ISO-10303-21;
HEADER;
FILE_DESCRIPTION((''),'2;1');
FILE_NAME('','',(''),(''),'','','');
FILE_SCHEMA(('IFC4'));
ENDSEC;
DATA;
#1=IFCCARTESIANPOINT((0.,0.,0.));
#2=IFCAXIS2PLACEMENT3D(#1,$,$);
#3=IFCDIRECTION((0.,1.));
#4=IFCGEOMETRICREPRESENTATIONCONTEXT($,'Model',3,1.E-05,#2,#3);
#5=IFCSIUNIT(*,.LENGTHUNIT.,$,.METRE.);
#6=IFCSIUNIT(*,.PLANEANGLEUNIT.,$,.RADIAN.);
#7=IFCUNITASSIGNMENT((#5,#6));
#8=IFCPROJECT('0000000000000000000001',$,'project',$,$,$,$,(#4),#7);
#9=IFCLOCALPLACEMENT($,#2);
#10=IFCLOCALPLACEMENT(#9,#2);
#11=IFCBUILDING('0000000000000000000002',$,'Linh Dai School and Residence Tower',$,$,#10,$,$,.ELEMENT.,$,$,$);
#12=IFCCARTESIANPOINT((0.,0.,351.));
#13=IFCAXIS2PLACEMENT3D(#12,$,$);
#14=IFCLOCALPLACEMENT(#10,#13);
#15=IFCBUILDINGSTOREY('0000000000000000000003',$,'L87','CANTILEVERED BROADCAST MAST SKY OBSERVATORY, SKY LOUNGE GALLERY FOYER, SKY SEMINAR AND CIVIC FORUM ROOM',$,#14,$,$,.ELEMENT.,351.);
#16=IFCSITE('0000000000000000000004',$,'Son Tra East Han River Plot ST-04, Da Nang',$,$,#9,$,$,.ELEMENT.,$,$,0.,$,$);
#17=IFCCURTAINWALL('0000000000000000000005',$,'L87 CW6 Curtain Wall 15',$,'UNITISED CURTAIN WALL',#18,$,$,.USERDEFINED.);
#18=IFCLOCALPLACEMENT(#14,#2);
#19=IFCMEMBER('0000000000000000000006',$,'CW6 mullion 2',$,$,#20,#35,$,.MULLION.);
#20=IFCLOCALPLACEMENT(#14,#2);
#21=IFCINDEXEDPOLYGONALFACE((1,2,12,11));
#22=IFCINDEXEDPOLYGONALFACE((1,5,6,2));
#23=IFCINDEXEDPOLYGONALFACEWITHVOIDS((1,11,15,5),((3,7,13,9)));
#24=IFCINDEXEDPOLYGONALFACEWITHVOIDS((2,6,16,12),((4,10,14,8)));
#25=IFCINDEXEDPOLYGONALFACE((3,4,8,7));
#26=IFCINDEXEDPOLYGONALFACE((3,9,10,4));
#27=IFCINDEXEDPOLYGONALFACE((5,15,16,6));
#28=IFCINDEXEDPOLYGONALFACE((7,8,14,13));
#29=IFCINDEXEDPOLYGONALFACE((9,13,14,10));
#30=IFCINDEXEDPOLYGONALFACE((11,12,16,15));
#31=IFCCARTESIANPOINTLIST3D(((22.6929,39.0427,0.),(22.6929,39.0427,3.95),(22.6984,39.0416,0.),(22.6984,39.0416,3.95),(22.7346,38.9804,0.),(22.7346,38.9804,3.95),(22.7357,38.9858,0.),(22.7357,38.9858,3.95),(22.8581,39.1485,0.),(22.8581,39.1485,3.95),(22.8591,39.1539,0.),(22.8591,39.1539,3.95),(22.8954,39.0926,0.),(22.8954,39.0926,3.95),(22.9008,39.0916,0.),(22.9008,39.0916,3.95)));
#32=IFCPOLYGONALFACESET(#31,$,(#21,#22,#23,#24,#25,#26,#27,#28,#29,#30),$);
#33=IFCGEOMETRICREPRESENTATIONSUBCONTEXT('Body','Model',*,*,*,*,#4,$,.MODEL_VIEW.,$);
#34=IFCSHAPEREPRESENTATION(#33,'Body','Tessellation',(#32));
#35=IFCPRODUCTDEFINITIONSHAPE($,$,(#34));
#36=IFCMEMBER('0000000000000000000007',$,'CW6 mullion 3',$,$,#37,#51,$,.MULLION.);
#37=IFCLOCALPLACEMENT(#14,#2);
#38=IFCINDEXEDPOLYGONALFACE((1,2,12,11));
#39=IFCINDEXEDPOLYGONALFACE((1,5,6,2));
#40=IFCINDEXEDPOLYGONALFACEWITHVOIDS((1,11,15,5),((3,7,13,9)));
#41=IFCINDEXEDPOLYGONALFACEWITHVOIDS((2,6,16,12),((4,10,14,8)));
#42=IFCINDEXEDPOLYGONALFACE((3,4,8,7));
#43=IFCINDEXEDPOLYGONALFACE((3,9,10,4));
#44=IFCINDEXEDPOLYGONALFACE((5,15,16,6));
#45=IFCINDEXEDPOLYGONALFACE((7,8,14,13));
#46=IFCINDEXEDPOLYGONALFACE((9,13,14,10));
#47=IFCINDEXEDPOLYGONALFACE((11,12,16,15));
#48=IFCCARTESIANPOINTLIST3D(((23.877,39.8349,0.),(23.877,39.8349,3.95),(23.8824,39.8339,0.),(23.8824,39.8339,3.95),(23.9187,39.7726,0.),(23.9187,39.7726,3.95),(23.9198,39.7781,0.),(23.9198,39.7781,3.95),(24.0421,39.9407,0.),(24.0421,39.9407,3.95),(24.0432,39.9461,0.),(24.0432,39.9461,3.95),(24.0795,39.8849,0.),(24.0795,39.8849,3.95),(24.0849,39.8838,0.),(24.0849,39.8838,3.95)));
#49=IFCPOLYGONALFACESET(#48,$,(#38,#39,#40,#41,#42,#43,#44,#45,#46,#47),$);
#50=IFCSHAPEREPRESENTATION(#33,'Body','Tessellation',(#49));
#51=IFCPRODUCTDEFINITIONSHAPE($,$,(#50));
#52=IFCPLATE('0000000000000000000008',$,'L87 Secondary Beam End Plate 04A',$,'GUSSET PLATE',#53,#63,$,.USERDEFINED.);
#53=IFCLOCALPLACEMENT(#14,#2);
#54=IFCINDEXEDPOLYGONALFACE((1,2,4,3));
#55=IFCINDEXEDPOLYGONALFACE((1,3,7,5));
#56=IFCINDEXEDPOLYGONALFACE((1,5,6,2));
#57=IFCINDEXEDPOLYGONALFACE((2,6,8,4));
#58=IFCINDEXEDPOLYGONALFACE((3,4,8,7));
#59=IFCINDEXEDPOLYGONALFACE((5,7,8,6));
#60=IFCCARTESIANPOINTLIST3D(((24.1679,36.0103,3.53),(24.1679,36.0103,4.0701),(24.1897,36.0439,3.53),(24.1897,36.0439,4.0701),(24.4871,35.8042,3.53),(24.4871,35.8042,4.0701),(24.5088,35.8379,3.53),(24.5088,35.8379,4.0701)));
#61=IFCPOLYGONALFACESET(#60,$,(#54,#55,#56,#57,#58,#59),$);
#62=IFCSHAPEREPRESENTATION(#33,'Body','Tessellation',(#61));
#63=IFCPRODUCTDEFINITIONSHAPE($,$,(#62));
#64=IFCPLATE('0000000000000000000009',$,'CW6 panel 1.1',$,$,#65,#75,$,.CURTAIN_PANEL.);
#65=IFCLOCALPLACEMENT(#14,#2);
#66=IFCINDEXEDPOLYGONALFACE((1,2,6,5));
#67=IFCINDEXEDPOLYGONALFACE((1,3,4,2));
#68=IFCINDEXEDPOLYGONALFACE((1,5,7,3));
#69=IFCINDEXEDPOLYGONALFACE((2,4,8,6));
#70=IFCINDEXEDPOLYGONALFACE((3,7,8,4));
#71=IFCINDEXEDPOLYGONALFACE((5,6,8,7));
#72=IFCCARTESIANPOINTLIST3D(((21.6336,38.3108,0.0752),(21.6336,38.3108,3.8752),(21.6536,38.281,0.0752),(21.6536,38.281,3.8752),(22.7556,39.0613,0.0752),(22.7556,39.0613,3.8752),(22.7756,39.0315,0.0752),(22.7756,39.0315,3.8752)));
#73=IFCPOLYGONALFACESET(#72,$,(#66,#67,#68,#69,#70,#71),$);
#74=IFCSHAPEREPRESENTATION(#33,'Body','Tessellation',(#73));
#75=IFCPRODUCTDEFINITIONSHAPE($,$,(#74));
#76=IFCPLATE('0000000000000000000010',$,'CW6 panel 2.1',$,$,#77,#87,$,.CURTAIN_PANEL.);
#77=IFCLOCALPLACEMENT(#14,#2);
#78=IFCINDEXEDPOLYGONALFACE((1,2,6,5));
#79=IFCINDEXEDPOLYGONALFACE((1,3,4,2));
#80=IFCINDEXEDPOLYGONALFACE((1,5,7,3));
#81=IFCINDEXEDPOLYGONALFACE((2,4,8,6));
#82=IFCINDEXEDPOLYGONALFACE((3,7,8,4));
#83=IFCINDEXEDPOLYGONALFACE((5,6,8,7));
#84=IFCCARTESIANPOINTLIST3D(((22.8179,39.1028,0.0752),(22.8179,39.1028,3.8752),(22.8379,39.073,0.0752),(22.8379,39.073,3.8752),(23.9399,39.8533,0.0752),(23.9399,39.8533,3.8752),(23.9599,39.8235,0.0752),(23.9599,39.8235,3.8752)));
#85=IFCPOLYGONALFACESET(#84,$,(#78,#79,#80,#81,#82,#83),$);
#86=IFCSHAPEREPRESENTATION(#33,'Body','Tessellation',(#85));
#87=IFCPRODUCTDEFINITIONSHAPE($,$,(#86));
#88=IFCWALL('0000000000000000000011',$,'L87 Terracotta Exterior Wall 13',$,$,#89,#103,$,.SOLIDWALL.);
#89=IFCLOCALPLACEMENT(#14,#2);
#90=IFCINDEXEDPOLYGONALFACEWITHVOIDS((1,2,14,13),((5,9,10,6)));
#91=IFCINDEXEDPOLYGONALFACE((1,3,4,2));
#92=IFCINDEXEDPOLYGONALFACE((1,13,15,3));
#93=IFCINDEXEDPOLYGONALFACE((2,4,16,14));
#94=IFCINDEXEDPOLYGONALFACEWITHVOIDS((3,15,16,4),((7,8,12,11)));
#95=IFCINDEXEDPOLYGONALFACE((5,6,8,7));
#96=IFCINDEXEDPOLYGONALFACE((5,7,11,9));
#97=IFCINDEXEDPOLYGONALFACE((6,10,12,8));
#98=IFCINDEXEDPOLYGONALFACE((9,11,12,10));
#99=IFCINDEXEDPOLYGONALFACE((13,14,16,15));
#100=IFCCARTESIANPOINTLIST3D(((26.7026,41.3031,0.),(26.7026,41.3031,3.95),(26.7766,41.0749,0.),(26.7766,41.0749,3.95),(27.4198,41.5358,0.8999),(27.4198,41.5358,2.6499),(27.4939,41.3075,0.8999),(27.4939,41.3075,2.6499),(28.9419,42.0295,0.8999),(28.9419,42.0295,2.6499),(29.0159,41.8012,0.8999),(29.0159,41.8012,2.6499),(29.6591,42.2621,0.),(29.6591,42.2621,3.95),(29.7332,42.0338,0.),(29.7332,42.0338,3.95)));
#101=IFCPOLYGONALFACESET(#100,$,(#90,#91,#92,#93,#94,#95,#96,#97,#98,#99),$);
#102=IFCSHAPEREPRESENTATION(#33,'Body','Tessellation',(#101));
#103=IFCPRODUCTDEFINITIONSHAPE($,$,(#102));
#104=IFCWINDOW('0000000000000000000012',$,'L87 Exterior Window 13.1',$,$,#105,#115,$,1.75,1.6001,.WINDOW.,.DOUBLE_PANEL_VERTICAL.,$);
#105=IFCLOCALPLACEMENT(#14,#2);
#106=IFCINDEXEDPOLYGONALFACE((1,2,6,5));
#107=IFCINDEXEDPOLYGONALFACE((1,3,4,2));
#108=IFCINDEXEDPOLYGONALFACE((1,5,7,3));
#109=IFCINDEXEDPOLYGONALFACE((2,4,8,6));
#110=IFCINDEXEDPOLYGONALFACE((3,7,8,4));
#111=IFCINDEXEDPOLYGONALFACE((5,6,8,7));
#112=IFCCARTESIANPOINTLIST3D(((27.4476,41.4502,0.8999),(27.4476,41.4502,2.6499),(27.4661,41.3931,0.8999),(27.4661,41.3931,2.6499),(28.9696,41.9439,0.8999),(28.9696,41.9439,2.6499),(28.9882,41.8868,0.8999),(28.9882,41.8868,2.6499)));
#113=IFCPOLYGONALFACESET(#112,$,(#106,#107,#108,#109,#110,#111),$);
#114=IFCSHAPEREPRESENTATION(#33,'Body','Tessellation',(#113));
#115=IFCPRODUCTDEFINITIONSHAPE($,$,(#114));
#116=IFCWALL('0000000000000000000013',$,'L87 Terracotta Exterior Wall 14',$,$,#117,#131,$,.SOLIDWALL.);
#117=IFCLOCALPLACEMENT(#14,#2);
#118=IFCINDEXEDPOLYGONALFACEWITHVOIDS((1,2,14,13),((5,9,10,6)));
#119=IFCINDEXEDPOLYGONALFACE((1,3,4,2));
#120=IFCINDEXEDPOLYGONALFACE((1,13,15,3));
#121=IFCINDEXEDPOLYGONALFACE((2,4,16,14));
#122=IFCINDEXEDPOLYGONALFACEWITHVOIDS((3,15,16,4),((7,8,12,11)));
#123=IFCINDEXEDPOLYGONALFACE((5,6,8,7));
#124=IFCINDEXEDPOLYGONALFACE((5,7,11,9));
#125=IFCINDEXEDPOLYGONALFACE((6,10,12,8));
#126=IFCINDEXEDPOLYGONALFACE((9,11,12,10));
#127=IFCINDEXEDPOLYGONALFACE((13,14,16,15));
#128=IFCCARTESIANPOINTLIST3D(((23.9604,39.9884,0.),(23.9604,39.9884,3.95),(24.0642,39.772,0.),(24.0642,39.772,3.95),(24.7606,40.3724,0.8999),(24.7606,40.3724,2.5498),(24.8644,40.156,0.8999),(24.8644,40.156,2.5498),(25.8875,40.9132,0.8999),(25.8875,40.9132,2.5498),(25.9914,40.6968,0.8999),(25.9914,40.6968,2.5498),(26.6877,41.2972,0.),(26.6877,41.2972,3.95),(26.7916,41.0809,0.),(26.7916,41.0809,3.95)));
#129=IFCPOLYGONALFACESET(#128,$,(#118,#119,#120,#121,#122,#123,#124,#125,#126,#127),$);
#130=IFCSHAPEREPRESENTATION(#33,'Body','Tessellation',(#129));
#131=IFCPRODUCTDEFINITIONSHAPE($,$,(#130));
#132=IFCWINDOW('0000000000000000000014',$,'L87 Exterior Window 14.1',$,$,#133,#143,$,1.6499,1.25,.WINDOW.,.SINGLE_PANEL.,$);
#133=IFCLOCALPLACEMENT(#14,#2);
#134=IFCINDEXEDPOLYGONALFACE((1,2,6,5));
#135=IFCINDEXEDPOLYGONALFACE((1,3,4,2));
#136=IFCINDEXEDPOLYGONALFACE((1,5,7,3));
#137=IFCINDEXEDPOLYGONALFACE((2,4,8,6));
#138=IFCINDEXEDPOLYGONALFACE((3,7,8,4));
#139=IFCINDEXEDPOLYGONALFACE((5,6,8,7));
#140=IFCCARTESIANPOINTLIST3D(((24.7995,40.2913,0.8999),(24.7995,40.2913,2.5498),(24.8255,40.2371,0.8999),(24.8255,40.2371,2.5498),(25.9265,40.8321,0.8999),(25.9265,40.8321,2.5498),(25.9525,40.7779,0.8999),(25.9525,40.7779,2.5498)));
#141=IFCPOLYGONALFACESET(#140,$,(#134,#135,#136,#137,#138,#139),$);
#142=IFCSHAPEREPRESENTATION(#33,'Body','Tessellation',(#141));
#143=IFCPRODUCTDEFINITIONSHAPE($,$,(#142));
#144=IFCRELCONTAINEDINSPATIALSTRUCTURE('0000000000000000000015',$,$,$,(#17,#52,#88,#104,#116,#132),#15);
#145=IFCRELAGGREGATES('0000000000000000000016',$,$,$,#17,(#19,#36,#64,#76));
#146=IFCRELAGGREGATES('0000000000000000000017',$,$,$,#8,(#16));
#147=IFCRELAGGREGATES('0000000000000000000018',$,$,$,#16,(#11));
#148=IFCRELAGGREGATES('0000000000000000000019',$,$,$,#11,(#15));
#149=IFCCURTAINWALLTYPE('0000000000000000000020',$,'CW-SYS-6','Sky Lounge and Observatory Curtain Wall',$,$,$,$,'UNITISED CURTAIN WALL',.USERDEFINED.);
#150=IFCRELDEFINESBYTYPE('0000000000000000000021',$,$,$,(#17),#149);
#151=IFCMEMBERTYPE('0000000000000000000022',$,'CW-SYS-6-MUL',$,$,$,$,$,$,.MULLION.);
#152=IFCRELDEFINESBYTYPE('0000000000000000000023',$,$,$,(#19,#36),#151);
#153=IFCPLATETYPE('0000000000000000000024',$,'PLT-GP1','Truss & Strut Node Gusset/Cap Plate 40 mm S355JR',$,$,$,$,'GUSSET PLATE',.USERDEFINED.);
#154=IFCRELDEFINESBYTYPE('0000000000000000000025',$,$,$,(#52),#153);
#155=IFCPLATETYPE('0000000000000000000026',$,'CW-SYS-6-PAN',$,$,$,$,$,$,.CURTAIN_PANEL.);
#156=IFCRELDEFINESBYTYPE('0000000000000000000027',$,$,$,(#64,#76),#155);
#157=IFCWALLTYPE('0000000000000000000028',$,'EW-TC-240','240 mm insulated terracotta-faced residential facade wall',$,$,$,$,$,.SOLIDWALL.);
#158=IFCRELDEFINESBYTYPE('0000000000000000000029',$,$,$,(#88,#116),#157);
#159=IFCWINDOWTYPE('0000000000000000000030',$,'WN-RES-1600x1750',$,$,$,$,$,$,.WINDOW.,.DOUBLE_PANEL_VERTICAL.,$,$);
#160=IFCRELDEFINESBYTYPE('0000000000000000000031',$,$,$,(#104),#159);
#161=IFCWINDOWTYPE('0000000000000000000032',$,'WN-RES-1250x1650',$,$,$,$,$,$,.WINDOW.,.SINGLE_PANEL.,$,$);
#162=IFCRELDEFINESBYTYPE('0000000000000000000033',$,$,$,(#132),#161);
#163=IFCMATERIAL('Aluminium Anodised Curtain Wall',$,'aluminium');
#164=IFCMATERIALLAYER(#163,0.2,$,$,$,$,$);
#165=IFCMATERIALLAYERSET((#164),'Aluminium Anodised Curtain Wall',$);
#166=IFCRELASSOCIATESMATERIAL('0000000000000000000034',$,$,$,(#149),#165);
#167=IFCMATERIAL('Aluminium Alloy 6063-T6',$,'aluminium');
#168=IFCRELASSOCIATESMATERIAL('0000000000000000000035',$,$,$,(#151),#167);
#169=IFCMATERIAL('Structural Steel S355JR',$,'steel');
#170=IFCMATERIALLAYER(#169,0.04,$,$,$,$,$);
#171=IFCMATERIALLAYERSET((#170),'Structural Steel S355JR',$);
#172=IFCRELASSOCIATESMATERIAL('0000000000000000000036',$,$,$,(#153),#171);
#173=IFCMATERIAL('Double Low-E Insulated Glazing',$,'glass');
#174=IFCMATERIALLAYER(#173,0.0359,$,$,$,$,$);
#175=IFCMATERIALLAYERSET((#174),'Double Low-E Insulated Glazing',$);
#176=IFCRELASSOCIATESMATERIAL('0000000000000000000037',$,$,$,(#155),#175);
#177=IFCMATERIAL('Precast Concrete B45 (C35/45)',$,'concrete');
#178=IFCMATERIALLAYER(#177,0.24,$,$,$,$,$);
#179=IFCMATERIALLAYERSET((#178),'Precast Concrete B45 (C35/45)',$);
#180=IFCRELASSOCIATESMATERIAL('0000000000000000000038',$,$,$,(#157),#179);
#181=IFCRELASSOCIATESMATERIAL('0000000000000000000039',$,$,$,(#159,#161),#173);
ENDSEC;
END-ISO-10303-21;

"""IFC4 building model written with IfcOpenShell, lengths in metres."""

from ifc_helpers import new_model, si_unit, direction, frame, frame_2d, origin, origin_2d, place, context, subcontext, project, spatial, rectangle, hollow_rectangle, extrude, source, transform, mapped, material, layer, layer_set, material_profile, profile_set, type_object, element, fill, aggregate, save


model = new_model("IFC4")

# Units and contexts
model_context = context("Model", 3, precision=1e-05, world=origin(), true_north=direction((0.0, 1.0)))
body_context = subcontext(model_context, "Body", "Model", "MODEL_VIEW")
ifc_project = project(units=[si_unit("LENGTHUNIT", "METRE"), si_unit("PLANEANGLEUNIT", "RADIAN")], contexts=[model_context])

# Site, building, storey
site_placement = place(None, origin())
site = spatial("IfcSite", under=ifc_project, at=site_placement, Name="Son Tra East Han River Plot ST-04, Da Nang", CompositionType="ELEMENT", RefElevation=0.0)
building_placement = place(site_placement, origin())
building = spatial("IfcBuilding", under=site, at=building_placement, Name="Linh Dai School and Residence Tower", CompositionType="ELEMENT")
storey_placement = place(building_placement, frame((0.0, 0.0, 351.0)))
storey = spatial("IfcBuildingStorey", under=building, at=storey_placement, Name="L87", Description="CANTILEVERED BROADCAST MAST SKY OBSERVATORY, SKY LOUNGE GALLERY FOYER, SKY SEMINAR AND CIVIC FORUM ROOM", CompositionType="ELEMENT", Elevation=351.0)

# Shared definitions
ifc_material_1 = material(Name="Structural Steel S355JR", Category="steel")

# Curtain wall, members
ifc_material_2 = material(Name="Aluminium Anodised Curtain Wall", Category="aluminium")
ifc_layer_1 = layer(ifc_material_2, 0.2)
ifc_layer_set_1 = layer_set([ifc_layer_1], Name="Aluminium Anodised Curtain Wall")
curtain_wall_type = type_object("IfcCurtainWallType", Name="CW-SYS-6", Description="Sky Lounge and Observatory Curtain Wall", ElementType="UNITISED CURTAIN WALL", PredefinedType="USERDEFINED", material=ifc_layer_set_1)
curtain_wall_placement = place(storey_placement, origin())
curtain_wall = element("IfcCurtainWall", 1, at=curtain_wall_placement, inside=storey, type_object=curtain_wall_type, Name="L87 CW6 Curtain Wall 15", ObjectType="UNITISED CURTAIN WALL", PredefinedType="USERDEFINED")
ifc_material_3 = material(Name="Aluminium Alloy 6063-T6", Category="aluminium")
ifc_material_profile_1 = material_profile(ifc_material_3, hollow_rectangle(XDim=0.075, YDim=0.2, WallThickness=0.0039, at=origin_2d()), Name="RHS 200x75x4")
ifc_profile_set_1 = profile_set([ifc_material_profile_1], Name="Aluminium Alloy 6063-T6")
member_type_1 = type_object("IfcMemberType", Name="CW-SYS-6-MUL", PredefinedType="MULLION", material=ifc_profile_set_1)
shared_shape_1 = source(origin(), body_context, "Body", "SweptSolid", [
    extrude(hollow_rectangle(XDim=0.075, YDim=0.2, WallThickness=0.0039, at=origin_2d()), origin(), (0.0, 0.0, 1.0), 3.95),
])
member_1_placement = place(storey_placement, frame((22.7969, 39.0671, 0.0), z_axis=(0.0, 0.0, 1.0), x_axis=(-0.555971, 0.831202, 0.0)))
member_1 = element("IfcMember", 2, at=member_1_placement, type_object=member_type_1, Name="CW6 mullion 2", PredefinedType="MULLION", context=body_context, shape_type="MappedRepresentation", body=[
    mapped(shared_shape_1, transform((0.0, 0.0, 0.0), x_axis=(1.0, 0.0, 0.0), y_axis=(0.0, 1.0, 0.0), z_axis=(0.0, 0.0, 1.0), scale=1.0)),
])
member_2_placement = place(storey_placement, frame((23.981, 39.8594, 0.0), z_axis=(0.0, 0.0, 1.0), x_axis=(-0.555971, 0.831202, 0.0)))
member_2 = element("IfcMember", 3, at=member_2_placement, type_object=member_type_1, Name="CW6 mullion 3", PredefinedType="MULLION", context=body_context, shape_type="MappedRepresentation", body=[
    mapped(shared_shape_1, transform((0.0, 0.0, 0.0), x_axis=(1.0, 0.0, 0.0), y_axis=(0.0, 1.0, 0.0), z_axis=(0.0, 0.0, 1.0), scale=1.0)),
])

# Plates
ifc_layer_2 = layer(ifc_material_1, 0.04)
ifc_layer_set_2 = layer_set([ifc_layer_2], Name="Structural Steel S355JR")
plate_type_1 = type_object("IfcPlateType", Name="PLT-GP1", Description="Truss & Strut Node Gusset/Cap Plate 40 mm S355JR", ElementType="GUSSET PLATE", PredefinedType="USERDEFINED", material=ifc_layer_set_2)
shared_shape_2 = source(origin(), body_context, "Body", "SweptSolid", [
    extrude(rectangle(XDim=0.04, YDim=0.3799, at=origin_2d()), origin(), (0.0, 0.0, 1.0), 0.54),
])
plate_1_placement = place(storey_placement, frame((24.3384, 35.9241, 3.53), z_axis=(0.0, 0.0, 1.0), x_axis=(-0.542322, -0.840171, 0.0)))
element("IfcPlate", 4, at=plate_1_placement, inside=storey, type_object=plate_type_1, Name="L87 Secondary Beam End Plate 04A", ObjectType="GUSSET PLATE", PredefinedType="USERDEFINED", context=body_context, shape_type="MappedRepresentation", body=[
    mapped(shared_shape_2, transform((0.0, 0.0, 0.0), x_axis=(1.0, 0.0, 0.0), y_axis=(0.0, 1.0, 0.0), z_axis=(0.0, 0.0, 1.0), scale=1.0)),
])
ifc_material_4 = material(Name="Double Low-E Insulated Glazing", Category="glass")
ifc_layer_3 = layer(ifc_material_4, 0.0359)
ifc_layer_set_3 = layer_set([ifc_layer_3], Name="Double Low-E Insulated Glazing")
plate_type_2 = type_object("IfcPlateType", Name="CW-SYS-6-PAN", PredefinedType="CURTAIN_PANEL", material=ifc_layer_set_3)
shared_shape_3 = source(origin(), body_context, "Body", "SweptSolid", [
    extrude(rectangle(XDim=1.3499, YDim=0.0359, at=origin_2d()), origin(), (0.0, 0.0, 1.0), 3.8),
])
plate_2_placement = place(storey_placement, frame((22.2046, 38.6711, 0.0752), z_axis=(0.0, 0.0, 1.0), x_axis=(0.831202, 0.555971, 0.0)))
plate_2 = element("IfcPlate", 5, at=plate_2_placement, type_object=plate_type_2, Name="CW6 panel 1.1", PredefinedType="CURTAIN_PANEL", context=body_context, shape_type="MappedRepresentation", body=[
    mapped(shared_shape_3, transform((0.0, 0.0, 0.0), x_axis=(1.0, 0.0, 0.0), y_axis=(0.0, 1.0, 0.0), z_axis=(0.0, 0.0, 1.0), scale=1.0)),
])
plate_3_placement = place(storey_placement, frame((23.3889, 39.4631, 0.0752), z_axis=(0.0, 0.0, 1.0), x_axis=(0.831202, 0.555971, 0.0)))
plate_3 = element("IfcPlate", 6, at=plate_3_placement, type_object=plate_type_2, Name="CW6 panel 2.1", PredefinedType="CURTAIN_PANEL", context=body_context, shape_type="MappedRepresentation", body=[
    mapped(shared_shape_3, transform((0.0, 0.0, 0.0), x_axis=(1.0, 0.0, 0.0), y_axis=(0.0, 1.0, 0.0), z_axis=(0.0, 0.0, 1.0), scale=1.0)),
])
aggregate(curtain_wall, [member_1, member_2, plate_2, plate_3])

# Walls, openings, windows
ifc_material_5 = material(Name="Precast Concrete B45 (C35/45)", Category="concrete")
ifc_layer_4 = layer(ifc_material_5, 0.24)
ifc_layer_set_4 = layer_set([ifc_layer_4], Name="Precast Concrete B45 (C35/45)")
wall_type_1 = type_object("IfcWallType", Name="EW-TC-240", Description="240 mm insulated terracotta-faced residential facade wall", PredefinedType="SOLIDWALL", material=ifc_layer_set_4)
wall_1_placement = place(storey_placement, frame((26.7395, 41.189, 0.0), z_axis=(0.0, 0.0, 1.0), x_axis=(0.951213, 0.308535, 0.0)))
wall_1 = element("IfcWall", 7, at=wall_1_placement, inside=storey, type_object=wall_type_1, Name="L87 Terracotta Exterior Wall 13", PredefinedType="SOLIDWALL", context=body_context, shape_type="SweptSolid", body=[
    extrude(rectangle(XDim=3.1082, YDim=0.24, at=frame_2d((1.5542, 0.0))), origin(), (0.0, 0.0, 1.0), 3.95),
])
opening_1_placement = place(wall_1_placement, frame((0.7542, 0.0, 0.8999)))
opening_1 = element("IfcOpeningElement", 8, at=opening_1_placement, cuts=wall_1, PredefinedType="OPENING", context=body_context, shape_type="SweptSolid", body=[
    extrude(rectangle(XDim=1.6001, YDim=1.75, at=origin_2d()), frame((0.8, 0.1299, 0.875), z_axis=(0.0, -1.0, 0.0), x_axis=(1.0, 0.0, 0.0)), (0.0, 0.0, 1.0), 0.26),
])
window_type_1 = type_object("IfcWindowType", Name="WN-RES-1600x1750", PartitioningType="DOUBLE_PANEL_VERTICAL", PredefinedType="WINDOW", material=ifc_material_4)
shared_shape_4 = source(origin(), body_context, "Body", "SweptSolid", [
    extrude(rectangle(XDim=1.6001, YDim=1.75, at=origin_2d()), frame((0.8, 0.03, 0.875), z_axis=(0.0, -1.0, 0.0), x_axis=(1.0, 0.0, 0.0)), (0.0, 0.0, 1.0), 0.0601),
])
window_1_placement = place(opening_1_placement, origin())
window_1 = element("IfcWindow", 9, at=window_1_placement, inside=storey, type_object=window_type_1, Name="L87 Exterior Window 13.1", OverallHeight=1.75, OverallWidth=1.6001, PartitioningType="DOUBLE_PANEL_VERTICAL", PredefinedType="WINDOW", context=body_context, shape_type="MappedRepresentation", body=[
    mapped(shared_shape_4, transform((0.0, 0.0, 0.0), x_axis=(1.0, 0.0, 0.0), y_axis=(0.0, 1.0, 0.0), z_axis=(0.0, 0.0, 1.0), scale=1.0)),
])
fill(opening_1, window_1)
wall_2_placement = place(storey_placement, frame((24.0122, 39.8801, 0.0), z_axis=(0.0, 0.0, 1.0), x_axis=(0.901557, 0.43266, 0.0)))
wall_2 = element("IfcWall", 10, at=wall_2_placement, inside=storey, type_object=wall_type_1, Name="L87 Terracotta Exterior Wall 14", PredefinedType="SOLIDWALL", context=body_context, shape_type="SweptSolid", body=[
    extrude(rectangle(XDim=3.0251, YDim=0.24, at=frame_2d((1.5127, 0.0))), origin(), (0.0, 0.0, 1.0), 3.95),
])
opening_2_placement = place(wall_2_placement, frame((0.8877, 0.0, 0.8999)))
opening_2 = element("IfcOpeningElement", 11, at=opening_2_placement, cuts=wall_2, PredefinedType="OPENING", context=body_context, shape_type="SweptSolid", body=[
    extrude(rectangle(XDim=1.25, YDim=1.6499, at=origin_2d()), frame((0.625, 0.1299, 0.825), z_axis=(0.0, -1.0, 0.0), x_axis=(1.0, 0.0, 0.0)), (0.0, 0.0, 1.0), 0.26),
])
window_type_2 = type_object("IfcWindowType", Name="WN-RES-1250x1650", PartitioningType="SINGLE_PANEL", PredefinedType="WINDOW", material=ifc_material_4)
shared_shape_5 = source(origin(), body_context, "Body", "SweptSolid", [
    extrude(rectangle(XDim=1.25, YDim=1.6499, at=origin_2d()), frame((0.625, 0.03, 0.825), z_axis=(0.0, -1.0, 0.0), x_axis=(1.0, 0.0, 0.0)), (0.0, 0.0, 1.0), 0.0601),
])
window_2_placement = place(opening_2_placement, origin())
window_2 = element("IfcWindow", 12, at=window_2_placement, inside=storey, type_object=window_type_2, Name="L87 Exterior Window 14.1", OverallHeight=1.6499, OverallWidth=1.25, PartitioningType="SINGLE_PANEL", PredefinedType="WINDOW", context=body_context, shape_type="MappedRepresentation", body=[
    mapped(shared_shape_5, transform((0.0, 0.0, 0.0), x_axis=(1.0, 0.0, 0.0), y_axis=(0.0, 1.0, 0.0), z_axis=(0.0, 0.0, 1.0), scale=1.0)),
])
fill(opening_2, window_2)

save(model, "model.ifc")
